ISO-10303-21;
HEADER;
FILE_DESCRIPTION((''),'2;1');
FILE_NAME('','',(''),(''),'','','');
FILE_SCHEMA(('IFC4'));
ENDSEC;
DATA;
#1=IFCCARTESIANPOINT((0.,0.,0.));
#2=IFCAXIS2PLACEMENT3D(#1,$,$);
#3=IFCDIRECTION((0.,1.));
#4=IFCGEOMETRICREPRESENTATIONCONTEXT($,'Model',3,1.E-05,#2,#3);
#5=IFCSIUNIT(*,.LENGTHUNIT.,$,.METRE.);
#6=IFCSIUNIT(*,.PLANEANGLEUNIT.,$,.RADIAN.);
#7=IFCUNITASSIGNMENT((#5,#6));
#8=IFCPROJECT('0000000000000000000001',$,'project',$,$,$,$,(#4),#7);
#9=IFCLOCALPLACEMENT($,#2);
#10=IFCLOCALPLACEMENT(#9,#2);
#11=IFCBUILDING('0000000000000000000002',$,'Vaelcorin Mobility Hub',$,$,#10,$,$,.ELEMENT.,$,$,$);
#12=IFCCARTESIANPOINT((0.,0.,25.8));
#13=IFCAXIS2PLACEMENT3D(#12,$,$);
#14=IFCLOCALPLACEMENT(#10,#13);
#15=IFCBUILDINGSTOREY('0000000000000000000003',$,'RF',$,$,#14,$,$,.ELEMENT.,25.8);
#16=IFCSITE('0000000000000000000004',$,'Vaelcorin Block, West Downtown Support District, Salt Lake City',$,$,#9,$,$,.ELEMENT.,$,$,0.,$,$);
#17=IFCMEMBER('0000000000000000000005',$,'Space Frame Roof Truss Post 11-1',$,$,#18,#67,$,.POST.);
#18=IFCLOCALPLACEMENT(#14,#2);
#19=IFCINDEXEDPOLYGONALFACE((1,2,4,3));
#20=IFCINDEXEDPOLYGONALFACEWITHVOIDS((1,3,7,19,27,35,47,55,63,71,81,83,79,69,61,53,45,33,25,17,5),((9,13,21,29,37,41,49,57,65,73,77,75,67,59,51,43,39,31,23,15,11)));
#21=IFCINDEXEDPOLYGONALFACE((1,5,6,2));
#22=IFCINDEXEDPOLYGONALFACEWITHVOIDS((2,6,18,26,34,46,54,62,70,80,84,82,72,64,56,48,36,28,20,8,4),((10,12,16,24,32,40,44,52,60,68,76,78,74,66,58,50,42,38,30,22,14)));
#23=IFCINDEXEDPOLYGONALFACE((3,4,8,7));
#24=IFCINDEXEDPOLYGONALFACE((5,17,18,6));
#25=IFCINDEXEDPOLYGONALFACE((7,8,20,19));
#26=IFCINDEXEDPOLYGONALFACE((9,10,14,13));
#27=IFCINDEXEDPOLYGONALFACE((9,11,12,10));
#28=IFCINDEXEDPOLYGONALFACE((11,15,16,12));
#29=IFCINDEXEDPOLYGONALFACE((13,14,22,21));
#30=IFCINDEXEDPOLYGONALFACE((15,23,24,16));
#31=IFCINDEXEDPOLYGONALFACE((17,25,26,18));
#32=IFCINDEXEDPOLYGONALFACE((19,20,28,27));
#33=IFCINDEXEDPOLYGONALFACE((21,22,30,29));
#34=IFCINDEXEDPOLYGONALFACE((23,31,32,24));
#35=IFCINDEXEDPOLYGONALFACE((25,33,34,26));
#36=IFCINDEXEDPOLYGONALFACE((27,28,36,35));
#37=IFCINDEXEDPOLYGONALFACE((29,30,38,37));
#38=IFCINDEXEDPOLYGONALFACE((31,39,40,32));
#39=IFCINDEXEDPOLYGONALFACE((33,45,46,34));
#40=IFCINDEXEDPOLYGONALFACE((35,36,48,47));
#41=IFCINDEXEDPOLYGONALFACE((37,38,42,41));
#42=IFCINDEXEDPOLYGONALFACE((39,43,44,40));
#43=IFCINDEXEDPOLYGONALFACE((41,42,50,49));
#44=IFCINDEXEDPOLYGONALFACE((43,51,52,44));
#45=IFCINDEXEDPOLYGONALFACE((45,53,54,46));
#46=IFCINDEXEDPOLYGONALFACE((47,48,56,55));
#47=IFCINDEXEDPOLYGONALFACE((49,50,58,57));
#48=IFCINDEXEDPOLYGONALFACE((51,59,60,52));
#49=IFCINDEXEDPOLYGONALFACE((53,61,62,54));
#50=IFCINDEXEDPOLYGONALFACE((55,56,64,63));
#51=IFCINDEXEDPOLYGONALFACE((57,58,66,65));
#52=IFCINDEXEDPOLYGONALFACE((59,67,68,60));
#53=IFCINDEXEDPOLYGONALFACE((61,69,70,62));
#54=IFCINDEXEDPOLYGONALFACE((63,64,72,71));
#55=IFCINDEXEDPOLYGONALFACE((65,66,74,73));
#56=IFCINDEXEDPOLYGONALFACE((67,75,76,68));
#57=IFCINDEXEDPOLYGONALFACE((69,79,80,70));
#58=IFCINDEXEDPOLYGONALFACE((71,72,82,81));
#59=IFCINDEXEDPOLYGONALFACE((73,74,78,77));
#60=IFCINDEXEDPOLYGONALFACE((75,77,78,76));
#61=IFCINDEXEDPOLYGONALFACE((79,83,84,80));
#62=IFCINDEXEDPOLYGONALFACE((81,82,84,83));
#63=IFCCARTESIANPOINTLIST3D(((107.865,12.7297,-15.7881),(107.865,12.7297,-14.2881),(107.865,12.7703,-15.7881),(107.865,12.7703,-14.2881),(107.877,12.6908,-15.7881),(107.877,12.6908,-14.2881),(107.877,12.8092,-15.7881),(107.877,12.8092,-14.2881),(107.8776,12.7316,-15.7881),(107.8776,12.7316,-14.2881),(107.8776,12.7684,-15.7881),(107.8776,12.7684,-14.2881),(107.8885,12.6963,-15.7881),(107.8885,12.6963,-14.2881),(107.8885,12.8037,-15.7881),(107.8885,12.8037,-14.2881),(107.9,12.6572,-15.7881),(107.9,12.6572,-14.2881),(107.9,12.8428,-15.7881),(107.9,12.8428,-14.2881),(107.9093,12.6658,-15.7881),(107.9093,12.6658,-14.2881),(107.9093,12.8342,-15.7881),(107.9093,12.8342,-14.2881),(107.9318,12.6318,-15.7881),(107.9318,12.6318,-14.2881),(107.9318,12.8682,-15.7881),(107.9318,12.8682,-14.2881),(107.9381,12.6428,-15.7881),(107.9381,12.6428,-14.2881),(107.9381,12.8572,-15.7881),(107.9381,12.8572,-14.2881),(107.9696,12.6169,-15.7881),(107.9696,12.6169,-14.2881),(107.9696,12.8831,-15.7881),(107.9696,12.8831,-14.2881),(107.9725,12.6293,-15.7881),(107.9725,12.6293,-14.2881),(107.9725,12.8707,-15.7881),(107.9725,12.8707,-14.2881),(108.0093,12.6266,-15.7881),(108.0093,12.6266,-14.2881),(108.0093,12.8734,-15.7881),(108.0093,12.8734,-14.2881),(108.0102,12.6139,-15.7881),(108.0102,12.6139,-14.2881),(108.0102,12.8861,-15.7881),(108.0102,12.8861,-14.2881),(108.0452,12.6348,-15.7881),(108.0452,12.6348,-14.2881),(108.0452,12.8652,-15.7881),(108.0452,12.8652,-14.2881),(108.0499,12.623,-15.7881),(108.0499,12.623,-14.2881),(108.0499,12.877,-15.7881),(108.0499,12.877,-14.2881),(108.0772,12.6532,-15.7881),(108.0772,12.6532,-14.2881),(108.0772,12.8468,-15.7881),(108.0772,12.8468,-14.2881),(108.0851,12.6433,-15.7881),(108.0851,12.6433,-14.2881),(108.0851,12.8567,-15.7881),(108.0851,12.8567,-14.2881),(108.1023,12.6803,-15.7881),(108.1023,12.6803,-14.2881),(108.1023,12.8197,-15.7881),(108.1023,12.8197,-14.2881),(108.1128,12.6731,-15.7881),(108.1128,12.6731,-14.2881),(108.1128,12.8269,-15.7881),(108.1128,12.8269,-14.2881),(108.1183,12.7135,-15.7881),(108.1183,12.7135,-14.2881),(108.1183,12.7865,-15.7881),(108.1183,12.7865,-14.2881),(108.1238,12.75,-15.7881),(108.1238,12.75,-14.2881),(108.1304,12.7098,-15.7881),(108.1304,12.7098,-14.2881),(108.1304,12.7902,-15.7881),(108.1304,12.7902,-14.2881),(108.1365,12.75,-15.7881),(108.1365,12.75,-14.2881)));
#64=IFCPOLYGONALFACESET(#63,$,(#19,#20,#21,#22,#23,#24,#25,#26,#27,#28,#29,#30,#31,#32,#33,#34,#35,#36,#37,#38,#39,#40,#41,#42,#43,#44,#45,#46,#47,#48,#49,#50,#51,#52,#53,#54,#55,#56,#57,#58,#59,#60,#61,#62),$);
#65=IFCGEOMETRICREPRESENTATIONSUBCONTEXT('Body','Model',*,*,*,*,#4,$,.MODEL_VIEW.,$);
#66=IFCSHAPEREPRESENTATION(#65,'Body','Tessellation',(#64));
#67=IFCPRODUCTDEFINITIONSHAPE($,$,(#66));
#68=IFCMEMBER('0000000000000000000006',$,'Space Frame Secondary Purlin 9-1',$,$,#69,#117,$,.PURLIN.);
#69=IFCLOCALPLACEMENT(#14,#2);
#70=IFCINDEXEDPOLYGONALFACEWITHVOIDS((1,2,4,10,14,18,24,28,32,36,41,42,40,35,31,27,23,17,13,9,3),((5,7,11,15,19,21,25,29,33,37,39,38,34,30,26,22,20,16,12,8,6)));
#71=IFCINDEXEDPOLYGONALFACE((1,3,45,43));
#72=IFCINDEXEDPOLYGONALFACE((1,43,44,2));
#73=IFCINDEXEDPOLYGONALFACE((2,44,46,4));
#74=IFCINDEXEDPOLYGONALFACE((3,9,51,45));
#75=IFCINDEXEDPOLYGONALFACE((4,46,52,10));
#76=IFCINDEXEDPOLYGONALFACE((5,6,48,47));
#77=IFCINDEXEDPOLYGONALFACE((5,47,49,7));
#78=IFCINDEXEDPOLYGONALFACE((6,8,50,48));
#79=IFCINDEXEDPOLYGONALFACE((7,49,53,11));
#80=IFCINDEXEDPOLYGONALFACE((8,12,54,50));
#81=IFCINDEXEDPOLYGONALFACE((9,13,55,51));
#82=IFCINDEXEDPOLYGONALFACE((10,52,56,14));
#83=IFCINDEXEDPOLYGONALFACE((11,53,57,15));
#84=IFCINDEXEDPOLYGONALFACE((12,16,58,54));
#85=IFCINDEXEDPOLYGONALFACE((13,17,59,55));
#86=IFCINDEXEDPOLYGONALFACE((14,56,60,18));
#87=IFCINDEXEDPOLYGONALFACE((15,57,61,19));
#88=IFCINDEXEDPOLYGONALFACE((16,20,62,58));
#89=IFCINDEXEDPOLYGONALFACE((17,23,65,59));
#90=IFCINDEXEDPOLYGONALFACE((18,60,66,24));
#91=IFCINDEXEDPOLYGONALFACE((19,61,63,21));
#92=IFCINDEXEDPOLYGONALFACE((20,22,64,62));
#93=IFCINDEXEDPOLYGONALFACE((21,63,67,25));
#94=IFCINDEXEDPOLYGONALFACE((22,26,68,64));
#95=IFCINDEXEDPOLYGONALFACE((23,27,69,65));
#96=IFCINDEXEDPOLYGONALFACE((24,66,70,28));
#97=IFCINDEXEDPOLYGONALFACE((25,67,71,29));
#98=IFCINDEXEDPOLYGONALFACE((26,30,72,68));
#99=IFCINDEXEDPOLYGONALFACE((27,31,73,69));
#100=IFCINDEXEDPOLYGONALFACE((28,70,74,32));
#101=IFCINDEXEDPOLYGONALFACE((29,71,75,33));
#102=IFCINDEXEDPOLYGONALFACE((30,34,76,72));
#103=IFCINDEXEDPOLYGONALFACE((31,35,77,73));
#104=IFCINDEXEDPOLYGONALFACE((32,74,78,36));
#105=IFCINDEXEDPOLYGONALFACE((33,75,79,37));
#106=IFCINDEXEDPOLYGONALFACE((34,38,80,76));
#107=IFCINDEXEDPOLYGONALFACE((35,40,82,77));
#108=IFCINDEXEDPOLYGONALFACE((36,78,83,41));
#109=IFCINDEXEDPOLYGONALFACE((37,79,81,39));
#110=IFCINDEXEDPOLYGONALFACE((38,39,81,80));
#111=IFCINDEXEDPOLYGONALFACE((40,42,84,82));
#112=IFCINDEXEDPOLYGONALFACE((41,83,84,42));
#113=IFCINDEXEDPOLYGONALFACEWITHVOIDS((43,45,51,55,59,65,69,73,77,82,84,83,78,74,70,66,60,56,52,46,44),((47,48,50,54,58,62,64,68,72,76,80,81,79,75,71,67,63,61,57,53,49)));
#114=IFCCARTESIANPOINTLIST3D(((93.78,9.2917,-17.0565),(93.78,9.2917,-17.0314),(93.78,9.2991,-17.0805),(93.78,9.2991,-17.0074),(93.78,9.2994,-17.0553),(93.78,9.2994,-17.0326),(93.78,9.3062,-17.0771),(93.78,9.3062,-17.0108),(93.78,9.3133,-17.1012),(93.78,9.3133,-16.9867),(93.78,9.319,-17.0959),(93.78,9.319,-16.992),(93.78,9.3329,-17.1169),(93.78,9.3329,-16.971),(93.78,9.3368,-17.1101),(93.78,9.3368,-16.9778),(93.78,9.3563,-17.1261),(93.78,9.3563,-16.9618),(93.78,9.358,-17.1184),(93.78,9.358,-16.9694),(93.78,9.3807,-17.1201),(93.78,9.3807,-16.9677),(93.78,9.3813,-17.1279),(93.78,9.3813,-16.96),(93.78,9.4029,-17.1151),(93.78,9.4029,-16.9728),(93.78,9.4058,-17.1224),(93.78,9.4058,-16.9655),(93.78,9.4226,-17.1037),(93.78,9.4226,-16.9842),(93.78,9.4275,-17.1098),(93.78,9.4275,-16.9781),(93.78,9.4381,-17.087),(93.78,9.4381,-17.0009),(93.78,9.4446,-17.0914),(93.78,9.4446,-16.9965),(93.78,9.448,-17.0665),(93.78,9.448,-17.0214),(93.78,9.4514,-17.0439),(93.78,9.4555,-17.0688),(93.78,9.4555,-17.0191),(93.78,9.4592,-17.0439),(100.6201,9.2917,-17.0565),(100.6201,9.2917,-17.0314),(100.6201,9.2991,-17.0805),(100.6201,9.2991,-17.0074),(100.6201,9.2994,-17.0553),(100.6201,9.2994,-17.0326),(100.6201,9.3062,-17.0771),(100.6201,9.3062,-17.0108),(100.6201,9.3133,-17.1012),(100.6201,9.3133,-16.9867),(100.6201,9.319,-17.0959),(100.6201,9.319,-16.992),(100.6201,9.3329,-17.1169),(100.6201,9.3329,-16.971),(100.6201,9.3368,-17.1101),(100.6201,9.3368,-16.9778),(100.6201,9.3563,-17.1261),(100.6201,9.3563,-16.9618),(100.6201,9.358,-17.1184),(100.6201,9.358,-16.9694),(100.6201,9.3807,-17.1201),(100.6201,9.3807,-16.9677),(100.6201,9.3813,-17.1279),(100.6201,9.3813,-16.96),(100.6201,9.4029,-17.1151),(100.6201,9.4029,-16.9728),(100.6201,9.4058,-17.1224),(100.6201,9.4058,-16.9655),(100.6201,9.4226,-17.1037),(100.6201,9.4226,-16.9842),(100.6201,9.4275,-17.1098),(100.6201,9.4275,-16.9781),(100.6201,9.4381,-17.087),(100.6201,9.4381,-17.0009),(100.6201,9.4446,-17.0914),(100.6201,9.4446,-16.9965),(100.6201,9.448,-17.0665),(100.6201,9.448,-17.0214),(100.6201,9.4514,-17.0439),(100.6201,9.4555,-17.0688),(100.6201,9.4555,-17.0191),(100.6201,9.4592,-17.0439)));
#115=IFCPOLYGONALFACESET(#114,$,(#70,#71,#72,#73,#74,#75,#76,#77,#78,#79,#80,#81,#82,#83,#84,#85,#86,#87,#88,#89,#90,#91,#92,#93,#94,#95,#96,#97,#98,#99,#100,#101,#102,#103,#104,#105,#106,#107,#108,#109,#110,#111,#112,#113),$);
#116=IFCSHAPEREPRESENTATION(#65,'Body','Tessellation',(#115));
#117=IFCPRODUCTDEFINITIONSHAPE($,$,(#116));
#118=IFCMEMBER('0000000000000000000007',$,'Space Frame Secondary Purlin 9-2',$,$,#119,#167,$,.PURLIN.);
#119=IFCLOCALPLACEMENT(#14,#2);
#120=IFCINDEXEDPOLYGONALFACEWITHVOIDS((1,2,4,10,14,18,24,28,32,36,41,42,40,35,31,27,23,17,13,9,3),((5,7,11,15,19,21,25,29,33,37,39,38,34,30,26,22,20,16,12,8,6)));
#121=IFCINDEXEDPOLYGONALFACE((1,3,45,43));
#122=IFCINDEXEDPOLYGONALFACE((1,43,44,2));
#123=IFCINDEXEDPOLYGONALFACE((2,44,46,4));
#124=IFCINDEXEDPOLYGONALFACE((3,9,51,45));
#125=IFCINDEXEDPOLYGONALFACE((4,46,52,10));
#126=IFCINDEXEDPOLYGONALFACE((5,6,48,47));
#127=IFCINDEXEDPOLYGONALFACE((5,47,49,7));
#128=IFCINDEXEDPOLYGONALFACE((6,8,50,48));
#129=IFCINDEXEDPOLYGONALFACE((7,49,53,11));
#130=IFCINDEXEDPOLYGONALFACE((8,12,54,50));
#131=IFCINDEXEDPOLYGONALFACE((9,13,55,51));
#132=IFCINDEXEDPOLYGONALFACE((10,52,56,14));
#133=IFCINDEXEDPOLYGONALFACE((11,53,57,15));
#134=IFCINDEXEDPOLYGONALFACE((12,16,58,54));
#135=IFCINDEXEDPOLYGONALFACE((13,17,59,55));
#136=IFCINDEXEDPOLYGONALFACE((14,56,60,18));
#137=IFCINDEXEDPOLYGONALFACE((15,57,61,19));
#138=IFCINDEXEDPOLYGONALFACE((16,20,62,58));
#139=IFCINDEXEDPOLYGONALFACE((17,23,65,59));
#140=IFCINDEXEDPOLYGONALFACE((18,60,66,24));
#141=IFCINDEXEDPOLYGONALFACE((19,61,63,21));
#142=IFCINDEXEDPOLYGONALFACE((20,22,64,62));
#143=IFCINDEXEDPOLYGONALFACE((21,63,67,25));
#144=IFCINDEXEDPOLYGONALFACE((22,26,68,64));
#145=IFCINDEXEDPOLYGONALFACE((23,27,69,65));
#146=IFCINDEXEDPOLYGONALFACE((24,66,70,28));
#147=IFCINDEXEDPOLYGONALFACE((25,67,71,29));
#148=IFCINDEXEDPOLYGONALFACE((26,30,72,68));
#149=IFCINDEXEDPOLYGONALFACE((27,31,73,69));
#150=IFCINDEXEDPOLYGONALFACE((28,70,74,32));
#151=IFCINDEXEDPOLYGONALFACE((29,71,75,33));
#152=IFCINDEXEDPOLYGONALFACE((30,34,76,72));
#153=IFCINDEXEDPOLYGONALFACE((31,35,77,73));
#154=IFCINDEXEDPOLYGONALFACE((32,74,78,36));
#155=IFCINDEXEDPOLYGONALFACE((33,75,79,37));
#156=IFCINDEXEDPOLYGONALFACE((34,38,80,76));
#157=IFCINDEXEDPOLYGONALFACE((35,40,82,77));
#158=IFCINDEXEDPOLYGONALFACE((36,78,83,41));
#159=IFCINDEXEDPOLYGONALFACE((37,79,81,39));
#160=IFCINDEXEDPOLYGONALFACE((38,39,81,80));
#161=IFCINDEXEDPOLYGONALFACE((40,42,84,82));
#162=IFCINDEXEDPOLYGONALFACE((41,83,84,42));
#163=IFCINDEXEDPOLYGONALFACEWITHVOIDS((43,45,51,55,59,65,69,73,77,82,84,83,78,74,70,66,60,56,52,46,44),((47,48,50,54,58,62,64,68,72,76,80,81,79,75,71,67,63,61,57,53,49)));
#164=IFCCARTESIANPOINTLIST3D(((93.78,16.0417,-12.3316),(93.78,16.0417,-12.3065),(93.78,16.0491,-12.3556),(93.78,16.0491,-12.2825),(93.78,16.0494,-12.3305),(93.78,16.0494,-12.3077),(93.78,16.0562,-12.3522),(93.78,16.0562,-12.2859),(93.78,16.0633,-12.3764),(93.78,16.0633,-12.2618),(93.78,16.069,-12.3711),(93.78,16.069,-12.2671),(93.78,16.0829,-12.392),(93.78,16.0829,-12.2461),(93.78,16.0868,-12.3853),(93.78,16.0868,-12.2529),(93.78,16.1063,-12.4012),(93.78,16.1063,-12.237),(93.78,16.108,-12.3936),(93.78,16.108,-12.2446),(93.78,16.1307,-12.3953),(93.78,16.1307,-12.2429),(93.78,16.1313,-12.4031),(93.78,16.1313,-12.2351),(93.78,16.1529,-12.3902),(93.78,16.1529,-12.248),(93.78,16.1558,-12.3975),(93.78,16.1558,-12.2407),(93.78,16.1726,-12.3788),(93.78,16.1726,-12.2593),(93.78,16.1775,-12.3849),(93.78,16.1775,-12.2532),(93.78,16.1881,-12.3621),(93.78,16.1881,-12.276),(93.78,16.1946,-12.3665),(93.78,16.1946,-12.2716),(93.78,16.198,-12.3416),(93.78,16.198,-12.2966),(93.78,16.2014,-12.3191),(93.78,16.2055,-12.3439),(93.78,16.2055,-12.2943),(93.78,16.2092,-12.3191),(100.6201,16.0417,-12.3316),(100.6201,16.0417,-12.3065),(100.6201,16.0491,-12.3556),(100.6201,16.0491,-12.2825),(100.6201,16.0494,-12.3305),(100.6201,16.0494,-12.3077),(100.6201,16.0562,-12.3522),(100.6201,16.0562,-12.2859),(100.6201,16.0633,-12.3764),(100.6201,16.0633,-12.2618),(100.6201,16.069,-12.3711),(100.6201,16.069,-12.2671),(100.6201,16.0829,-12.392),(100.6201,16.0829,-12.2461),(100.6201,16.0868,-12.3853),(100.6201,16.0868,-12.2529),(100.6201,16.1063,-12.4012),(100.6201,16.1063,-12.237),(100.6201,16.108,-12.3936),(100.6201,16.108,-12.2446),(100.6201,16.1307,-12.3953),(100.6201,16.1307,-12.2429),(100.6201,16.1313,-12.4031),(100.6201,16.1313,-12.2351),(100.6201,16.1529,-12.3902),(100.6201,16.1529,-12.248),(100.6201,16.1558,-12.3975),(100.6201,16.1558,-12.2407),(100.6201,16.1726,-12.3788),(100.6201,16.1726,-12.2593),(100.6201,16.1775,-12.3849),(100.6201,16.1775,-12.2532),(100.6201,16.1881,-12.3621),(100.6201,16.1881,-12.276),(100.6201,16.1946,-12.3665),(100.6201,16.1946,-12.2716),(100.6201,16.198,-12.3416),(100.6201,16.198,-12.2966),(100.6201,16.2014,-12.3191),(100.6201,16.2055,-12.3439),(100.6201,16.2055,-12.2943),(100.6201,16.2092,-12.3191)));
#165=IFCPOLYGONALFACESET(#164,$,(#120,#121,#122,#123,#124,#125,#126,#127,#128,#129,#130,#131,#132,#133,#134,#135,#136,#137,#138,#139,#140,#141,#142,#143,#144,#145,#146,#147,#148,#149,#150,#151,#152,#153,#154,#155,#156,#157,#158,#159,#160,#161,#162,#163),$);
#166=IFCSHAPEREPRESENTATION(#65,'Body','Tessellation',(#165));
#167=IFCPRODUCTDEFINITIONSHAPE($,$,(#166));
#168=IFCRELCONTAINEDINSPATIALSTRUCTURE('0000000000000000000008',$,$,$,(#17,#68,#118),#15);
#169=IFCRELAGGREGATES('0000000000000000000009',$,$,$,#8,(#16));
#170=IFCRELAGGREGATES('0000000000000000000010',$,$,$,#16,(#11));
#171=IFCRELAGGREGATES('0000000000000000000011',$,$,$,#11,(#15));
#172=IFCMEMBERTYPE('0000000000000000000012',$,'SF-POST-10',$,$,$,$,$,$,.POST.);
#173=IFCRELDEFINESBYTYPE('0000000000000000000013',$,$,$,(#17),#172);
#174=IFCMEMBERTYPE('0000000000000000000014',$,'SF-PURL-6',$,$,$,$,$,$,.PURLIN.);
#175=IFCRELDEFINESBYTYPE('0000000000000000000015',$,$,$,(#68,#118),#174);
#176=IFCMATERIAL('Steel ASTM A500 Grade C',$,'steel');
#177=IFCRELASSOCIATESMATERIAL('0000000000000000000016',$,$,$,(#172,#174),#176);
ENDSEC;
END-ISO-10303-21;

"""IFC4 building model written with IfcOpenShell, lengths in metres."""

from ifc_helpers import new_model, si_unit, direction, frame, origin, origin_2d, place, context, subcontext, project, spatial, hollow_circle, extrude, material, material_profile, profile_set, type_object, element, save


model = new_model("IFC4")

# Units and contexts
model_context = context("Model", 3, precision=1e-05, world=origin(), true_north=direction((0.0, 1.0)))
body_context = subcontext(model_context, "Body", "Model", "MODEL_VIEW")
ifc_project = project(units=[si_unit("LENGTHUNIT", "METRE"), si_unit("PLANEANGLEUNIT", "RADIAN")], contexts=[model_context])

# Site, building, storey
site_placement = place(None, origin())
site = spatial("IfcSite", under=ifc_project, at=site_placement, Name="Vaelcorin Block, West Downtown Support District, Salt Lake City", CompositionType="ELEMENT", RefElevation=0.0)
building_placement = place(site_placement, origin())
building = spatial("IfcBuilding", under=site, at=building_placement, Name="Vaelcorin Mobility Hub", CompositionType="ELEMENT")
storey_placement = place(building_placement, frame((0.0, 0.0, 25.8)))
storey = spatial("IfcBuildingStorey", under=building, at=storey_placement, Name="RF", CompositionType="ELEMENT", Elevation=25.8)

# Members
ifc_material_1 = material(Name="Steel ASTM A500 Grade C", Category="steel")
ifc_material_profile_1 = material_profile(ifc_material_1, hollow_circle(Radius=0.1365, WallThickness=0.0127, at=origin_2d()), Name="HSS10.750X0.500")
ifc_profile_set_1 = profile_set([ifc_material_profile_1], Name="Steel ASTM A500 Grade C")
member_type_1 = type_object("IfcMemberType", Name="SF-POST-10", PredefinedType="POST", material=ifc_profile_set_1)
for number, where, z_axis, x_axis, name in (
    (1, (108.0, 12.75, -15.7881), (0.0, 0.0, 1.0), (1.0, 0.0, 0.0), "Space Frame Roof Truss Post 11-1"),
):
    element("IfcMember", number, at=place(storey_placement, frame(where, z_axis=z_axis, x_axis=x_axis)), inside=storey, type_object=member_type_1, Name=name, PredefinedType="POST", context=body_context, shape_type="SweptSolid", body=[
        extrude(hollow_circle(Radius=0.1365, WallThickness=0.0127, at=origin_2d()), origin(), (0.0, 0.0, 1.0), 1.5),
    ])
ifc_material_profile_2 = material_profile(ifc_material_1, hollow_circle(Radius=0.0842, WallThickness=0.0078, at=origin_2d()), Name="HSS6.625X0.312")
ifc_profile_set_2 = profile_set([ifc_material_profile_2], Name="Steel ASTM A500 Grade C")
member_type_2 = type_object("IfcMemberType", Name="SF-PURL-6", PredefinedType="PURLIN", material=ifc_profile_set_2)
for number, where, z_axis, x_axis, name in (
    (2, (93.78, 9.375, -17.0439), (1.0, 0.0, 0.0), (0.0, 1.0, 0.0), "Space Frame Secondary Purlin 9-1"),
    (3, (93.78, 16.125, -12.3191), (1.0, 0.0, 0.0), (0.0, 1.0, 0.0), "Space Frame Secondary Purlin 9-2"),
):
    element("IfcMember", number, at=place(storey_placement, frame(where, z_axis=z_axis, x_axis=x_axis)), inside=storey, type_object=member_type_2, Name=name, PredefinedType="PURLIN", context=body_context, shape_type="SweptSolid", body=[
        extrude(hollow_circle(Radius=0.0842, WallThickness=0.0078, at=origin_2d()), origin(), (0.0, 0.0, 1.0), 6.8401),
    ])

save(model, "model.ifc")
